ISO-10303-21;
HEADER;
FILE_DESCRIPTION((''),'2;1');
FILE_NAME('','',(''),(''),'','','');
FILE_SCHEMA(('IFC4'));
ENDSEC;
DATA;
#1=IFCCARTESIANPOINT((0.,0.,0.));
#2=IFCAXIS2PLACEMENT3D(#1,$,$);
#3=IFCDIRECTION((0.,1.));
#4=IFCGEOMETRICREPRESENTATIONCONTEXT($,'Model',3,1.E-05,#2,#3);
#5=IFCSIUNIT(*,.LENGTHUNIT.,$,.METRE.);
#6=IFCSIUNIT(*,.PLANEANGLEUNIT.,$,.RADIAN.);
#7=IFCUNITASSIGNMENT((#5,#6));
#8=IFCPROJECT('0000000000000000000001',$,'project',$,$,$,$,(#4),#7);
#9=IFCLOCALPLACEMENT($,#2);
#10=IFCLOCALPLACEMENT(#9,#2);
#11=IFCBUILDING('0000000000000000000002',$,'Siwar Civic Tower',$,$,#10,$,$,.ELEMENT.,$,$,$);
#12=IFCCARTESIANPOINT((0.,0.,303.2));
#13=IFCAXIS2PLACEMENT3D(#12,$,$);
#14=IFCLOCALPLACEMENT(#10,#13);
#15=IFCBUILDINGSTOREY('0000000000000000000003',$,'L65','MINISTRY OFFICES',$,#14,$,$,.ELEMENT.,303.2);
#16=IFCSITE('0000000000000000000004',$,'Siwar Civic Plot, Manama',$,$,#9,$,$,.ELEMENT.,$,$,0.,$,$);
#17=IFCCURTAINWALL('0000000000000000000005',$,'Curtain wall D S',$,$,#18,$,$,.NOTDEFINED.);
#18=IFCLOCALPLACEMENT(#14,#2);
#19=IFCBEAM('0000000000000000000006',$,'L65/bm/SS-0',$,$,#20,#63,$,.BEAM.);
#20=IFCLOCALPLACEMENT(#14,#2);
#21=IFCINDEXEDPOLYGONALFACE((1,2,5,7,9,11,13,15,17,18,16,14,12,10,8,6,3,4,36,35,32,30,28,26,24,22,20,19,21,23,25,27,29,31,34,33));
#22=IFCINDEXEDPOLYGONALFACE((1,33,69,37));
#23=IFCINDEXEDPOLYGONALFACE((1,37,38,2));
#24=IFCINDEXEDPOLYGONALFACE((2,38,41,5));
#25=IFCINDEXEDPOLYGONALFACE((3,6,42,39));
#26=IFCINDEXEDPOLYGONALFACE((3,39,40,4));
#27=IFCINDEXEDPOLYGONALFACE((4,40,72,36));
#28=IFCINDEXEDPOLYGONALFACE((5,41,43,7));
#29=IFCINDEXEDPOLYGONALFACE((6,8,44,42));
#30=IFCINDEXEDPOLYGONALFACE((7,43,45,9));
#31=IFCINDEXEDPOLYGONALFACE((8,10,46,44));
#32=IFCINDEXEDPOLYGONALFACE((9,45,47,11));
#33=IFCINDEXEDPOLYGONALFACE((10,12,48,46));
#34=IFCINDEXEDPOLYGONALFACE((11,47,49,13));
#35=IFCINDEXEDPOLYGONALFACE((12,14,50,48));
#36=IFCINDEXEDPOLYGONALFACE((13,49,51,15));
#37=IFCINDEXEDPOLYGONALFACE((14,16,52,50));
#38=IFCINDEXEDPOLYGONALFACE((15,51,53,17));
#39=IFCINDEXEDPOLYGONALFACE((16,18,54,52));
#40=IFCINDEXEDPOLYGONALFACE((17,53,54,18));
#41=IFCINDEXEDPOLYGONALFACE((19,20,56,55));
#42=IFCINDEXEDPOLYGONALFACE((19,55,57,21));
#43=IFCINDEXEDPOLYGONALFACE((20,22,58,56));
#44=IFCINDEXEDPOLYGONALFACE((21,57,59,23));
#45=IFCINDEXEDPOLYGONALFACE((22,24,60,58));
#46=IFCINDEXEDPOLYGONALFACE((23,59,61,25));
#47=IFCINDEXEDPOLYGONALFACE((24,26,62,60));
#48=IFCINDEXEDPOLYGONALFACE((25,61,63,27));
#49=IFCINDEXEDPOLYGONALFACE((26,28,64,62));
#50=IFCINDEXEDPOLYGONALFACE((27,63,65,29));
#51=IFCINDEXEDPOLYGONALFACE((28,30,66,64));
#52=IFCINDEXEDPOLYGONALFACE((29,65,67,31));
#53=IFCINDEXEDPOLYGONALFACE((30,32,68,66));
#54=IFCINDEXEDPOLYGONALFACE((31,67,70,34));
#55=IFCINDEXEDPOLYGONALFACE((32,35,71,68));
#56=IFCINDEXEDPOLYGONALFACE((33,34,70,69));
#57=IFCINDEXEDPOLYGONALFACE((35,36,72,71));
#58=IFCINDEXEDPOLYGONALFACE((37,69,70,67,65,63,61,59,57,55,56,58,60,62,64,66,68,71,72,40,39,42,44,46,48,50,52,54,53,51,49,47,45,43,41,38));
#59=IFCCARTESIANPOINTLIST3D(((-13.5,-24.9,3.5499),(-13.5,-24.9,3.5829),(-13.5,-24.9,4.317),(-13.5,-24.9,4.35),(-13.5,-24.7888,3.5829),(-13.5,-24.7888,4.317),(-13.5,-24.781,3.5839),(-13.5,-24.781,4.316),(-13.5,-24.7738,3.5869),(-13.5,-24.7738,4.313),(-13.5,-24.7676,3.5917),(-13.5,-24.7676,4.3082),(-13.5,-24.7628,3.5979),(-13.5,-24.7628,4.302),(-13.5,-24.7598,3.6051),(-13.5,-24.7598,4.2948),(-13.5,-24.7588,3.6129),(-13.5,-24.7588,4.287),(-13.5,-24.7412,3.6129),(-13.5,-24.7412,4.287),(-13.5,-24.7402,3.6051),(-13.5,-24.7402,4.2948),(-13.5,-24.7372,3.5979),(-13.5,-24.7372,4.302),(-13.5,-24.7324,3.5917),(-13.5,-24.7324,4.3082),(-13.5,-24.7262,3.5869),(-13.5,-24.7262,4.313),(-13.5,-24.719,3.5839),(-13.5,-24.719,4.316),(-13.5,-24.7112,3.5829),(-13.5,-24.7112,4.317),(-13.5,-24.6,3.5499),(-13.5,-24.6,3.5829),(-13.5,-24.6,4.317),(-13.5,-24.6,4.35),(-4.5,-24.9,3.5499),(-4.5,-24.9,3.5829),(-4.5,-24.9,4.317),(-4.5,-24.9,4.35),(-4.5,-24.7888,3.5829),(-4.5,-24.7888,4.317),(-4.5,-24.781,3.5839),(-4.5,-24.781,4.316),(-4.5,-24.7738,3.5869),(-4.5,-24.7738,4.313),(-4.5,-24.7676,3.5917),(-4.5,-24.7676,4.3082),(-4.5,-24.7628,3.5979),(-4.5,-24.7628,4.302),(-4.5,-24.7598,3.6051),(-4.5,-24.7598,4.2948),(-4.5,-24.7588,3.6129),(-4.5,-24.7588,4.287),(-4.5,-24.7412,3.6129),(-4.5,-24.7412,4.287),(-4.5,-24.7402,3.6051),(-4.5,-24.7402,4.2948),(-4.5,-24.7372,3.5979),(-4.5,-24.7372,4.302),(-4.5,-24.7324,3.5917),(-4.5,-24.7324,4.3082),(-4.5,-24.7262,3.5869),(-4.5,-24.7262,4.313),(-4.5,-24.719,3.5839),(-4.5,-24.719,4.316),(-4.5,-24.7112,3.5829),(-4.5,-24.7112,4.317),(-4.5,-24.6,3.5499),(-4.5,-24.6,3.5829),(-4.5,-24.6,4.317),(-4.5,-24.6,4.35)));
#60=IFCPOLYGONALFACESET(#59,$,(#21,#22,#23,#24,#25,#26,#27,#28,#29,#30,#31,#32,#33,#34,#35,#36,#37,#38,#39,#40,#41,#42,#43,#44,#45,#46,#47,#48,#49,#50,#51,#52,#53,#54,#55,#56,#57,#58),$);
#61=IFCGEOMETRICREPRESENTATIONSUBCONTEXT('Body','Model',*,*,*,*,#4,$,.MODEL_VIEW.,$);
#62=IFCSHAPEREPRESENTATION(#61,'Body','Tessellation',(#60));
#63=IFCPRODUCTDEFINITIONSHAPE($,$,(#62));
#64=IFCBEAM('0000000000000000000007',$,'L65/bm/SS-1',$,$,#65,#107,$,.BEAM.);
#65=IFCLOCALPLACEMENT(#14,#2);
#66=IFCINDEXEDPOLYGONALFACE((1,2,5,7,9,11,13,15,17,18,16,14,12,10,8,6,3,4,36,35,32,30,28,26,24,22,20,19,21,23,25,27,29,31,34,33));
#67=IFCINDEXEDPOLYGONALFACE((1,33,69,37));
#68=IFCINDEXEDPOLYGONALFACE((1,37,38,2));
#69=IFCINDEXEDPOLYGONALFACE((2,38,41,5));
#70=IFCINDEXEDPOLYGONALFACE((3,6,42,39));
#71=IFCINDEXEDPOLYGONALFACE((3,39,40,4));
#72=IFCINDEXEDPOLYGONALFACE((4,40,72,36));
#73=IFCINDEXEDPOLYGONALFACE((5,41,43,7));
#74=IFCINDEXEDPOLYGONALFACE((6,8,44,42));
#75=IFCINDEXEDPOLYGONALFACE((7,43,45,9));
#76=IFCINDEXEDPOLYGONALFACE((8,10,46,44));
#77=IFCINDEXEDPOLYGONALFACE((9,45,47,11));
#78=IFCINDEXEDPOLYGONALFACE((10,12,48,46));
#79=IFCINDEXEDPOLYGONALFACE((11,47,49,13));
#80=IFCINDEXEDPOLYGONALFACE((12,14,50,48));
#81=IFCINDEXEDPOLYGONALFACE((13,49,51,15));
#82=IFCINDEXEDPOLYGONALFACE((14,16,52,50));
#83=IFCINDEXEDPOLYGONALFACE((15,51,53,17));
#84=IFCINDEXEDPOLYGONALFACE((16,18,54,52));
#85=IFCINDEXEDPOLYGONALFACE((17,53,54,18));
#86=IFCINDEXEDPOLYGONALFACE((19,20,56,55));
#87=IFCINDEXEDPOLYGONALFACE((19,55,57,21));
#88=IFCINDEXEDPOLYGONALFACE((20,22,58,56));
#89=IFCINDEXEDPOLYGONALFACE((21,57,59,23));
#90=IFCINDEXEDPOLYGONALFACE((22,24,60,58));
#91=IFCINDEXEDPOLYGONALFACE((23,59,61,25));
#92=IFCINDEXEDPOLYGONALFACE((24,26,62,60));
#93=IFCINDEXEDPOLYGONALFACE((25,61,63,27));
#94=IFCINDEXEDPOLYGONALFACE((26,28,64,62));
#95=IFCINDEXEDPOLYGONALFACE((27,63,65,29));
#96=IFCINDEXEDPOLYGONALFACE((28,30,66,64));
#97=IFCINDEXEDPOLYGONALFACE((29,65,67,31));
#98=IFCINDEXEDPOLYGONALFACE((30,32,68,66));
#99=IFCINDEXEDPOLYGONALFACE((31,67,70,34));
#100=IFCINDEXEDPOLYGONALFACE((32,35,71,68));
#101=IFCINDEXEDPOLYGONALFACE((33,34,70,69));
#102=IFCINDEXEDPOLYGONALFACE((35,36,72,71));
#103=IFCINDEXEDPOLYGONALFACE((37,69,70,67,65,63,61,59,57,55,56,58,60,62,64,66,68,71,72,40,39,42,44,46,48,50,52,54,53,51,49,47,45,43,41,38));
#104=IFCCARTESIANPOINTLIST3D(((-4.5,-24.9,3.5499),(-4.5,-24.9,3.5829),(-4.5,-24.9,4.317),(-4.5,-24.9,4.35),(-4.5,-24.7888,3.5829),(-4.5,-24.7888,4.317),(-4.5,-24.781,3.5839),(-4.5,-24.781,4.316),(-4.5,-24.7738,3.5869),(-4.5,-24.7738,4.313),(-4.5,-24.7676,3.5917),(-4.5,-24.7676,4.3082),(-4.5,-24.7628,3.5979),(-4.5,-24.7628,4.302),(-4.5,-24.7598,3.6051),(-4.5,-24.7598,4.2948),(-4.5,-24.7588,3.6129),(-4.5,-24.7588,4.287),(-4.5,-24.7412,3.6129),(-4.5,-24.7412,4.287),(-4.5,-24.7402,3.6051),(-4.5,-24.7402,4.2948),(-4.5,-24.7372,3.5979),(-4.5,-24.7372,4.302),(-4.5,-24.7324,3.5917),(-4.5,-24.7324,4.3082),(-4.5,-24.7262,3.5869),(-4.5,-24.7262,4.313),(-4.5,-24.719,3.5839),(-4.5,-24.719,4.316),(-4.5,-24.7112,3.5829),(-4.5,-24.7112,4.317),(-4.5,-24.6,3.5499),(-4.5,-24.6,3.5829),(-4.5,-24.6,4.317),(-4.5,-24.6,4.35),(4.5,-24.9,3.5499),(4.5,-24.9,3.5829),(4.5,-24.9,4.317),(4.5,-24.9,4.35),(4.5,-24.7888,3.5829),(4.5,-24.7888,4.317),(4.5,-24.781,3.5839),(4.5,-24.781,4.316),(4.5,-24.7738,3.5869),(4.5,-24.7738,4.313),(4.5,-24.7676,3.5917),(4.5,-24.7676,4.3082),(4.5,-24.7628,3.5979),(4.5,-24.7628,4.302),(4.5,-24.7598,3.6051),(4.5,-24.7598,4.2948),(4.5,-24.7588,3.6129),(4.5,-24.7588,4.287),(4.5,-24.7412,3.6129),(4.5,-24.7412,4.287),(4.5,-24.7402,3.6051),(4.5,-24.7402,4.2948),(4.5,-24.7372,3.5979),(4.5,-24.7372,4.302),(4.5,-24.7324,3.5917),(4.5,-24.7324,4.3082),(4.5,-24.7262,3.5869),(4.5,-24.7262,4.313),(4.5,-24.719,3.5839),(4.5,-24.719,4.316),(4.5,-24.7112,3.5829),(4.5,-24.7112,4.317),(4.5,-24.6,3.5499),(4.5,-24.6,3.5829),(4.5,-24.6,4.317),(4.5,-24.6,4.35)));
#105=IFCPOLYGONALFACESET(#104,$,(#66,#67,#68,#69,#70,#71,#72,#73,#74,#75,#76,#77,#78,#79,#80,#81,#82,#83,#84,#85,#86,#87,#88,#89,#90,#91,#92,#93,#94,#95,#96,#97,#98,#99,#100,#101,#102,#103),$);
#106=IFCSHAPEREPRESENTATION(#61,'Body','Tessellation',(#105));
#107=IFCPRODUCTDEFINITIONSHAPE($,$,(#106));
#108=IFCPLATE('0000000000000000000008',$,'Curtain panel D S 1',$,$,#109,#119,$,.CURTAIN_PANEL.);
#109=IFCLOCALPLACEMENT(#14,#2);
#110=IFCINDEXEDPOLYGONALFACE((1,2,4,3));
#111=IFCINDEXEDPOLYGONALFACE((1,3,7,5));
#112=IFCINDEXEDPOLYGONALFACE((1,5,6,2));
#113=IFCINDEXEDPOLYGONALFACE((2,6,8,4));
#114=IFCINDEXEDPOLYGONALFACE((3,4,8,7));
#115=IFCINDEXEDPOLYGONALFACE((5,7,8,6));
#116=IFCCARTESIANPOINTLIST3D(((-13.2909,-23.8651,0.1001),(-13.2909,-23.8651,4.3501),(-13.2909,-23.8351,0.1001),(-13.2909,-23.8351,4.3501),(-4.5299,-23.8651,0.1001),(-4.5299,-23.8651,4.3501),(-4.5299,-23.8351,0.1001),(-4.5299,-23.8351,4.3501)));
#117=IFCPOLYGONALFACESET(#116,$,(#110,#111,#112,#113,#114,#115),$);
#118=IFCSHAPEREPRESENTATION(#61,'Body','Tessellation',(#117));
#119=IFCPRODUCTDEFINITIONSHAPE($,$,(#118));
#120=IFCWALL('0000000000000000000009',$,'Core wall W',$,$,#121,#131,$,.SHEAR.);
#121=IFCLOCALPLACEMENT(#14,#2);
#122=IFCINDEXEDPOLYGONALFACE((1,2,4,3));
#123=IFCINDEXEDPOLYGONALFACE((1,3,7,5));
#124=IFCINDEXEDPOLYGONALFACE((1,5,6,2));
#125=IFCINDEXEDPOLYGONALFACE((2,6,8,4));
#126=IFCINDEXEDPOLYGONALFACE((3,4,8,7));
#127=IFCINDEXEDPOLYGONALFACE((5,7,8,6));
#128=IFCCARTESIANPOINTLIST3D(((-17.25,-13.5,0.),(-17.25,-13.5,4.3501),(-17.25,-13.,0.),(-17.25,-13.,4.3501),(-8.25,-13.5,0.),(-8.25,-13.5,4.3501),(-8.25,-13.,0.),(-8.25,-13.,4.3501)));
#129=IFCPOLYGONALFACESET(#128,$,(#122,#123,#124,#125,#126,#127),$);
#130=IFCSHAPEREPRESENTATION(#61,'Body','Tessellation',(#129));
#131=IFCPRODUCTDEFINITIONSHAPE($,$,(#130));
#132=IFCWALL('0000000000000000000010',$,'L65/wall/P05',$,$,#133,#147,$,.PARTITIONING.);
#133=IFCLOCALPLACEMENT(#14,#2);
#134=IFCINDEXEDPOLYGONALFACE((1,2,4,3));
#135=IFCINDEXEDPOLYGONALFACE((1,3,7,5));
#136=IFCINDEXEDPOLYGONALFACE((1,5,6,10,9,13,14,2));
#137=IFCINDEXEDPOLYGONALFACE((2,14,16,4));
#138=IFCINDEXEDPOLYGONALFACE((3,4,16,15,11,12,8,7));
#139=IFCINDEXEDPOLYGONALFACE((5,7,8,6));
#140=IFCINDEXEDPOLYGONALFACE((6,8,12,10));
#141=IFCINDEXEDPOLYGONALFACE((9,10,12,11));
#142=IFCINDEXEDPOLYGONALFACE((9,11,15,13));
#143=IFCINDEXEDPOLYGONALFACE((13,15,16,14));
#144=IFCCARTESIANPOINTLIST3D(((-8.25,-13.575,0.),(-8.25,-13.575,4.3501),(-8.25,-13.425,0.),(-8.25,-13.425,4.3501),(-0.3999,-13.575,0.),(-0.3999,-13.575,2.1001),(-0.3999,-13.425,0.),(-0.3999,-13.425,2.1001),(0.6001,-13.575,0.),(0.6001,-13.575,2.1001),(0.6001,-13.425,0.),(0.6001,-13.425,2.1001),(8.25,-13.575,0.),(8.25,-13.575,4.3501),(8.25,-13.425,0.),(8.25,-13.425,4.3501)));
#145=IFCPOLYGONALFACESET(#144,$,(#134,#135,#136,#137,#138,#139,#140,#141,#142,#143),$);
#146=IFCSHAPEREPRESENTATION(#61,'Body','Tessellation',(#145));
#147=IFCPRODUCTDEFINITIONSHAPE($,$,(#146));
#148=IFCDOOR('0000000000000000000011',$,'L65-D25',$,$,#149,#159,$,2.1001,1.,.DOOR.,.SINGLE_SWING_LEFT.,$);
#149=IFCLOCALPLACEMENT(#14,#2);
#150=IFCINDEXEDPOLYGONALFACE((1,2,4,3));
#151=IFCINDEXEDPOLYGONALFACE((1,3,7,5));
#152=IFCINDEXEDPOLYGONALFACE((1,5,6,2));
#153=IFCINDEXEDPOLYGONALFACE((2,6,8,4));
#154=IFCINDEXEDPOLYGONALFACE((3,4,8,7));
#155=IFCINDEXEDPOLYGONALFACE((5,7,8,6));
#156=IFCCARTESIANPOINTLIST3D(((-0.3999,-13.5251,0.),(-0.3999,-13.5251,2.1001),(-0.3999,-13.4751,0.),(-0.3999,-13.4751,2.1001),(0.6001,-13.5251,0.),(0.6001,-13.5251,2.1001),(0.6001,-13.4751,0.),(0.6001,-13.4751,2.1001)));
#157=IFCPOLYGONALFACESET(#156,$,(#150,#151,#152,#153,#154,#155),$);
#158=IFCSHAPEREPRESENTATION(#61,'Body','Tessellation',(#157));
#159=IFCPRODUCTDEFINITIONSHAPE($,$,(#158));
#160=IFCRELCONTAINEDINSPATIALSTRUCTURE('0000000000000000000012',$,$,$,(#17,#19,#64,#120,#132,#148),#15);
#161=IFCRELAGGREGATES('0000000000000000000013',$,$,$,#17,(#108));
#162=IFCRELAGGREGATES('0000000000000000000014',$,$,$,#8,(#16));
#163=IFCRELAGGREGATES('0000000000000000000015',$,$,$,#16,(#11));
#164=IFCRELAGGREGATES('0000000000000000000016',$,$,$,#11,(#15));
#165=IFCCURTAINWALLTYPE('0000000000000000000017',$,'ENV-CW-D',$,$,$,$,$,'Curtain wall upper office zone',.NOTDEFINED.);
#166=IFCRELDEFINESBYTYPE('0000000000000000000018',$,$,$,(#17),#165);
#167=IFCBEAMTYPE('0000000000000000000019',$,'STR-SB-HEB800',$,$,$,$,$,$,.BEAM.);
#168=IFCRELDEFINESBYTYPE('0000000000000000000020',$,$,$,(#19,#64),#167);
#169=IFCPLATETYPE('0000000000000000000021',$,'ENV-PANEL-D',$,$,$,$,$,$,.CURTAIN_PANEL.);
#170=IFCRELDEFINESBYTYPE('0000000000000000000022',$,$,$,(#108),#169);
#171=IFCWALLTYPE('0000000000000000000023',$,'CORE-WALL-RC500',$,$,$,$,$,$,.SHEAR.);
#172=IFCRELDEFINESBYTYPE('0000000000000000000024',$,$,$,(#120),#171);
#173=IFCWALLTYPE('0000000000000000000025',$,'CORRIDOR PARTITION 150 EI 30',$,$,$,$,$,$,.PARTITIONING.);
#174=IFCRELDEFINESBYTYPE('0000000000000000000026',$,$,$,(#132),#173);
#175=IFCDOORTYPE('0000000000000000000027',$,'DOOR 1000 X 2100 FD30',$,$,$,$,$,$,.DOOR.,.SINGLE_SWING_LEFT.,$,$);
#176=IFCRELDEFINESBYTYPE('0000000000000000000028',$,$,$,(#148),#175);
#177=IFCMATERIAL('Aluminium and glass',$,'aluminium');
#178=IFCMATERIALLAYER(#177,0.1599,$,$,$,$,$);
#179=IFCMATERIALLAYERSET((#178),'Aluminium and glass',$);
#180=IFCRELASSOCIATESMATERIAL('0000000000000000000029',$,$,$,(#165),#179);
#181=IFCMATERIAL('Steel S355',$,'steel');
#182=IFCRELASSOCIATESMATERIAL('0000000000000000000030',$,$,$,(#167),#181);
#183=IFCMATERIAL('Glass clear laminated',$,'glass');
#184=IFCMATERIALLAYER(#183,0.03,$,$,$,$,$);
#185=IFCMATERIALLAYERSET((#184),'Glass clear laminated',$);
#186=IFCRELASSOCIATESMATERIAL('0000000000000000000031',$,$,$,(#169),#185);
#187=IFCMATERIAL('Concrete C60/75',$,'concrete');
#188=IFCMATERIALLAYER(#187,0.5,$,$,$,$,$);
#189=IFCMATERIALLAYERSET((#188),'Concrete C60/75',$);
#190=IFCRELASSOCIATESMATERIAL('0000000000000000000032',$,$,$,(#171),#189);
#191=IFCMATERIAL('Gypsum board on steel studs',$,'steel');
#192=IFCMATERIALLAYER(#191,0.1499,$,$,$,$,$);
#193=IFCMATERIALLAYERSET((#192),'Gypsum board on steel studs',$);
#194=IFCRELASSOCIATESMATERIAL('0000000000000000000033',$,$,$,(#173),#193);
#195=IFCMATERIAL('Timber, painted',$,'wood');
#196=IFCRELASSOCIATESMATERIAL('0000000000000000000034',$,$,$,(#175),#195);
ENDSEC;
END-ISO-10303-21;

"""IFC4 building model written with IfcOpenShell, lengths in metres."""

from ifc_helpers import new_model, si_unit, direction, frame, frame_2d, origin, origin_2d, place, context, subcontext, project, spatial, rectangle, i_section, extrude, material, layer, layer_set, material_profile, profile_set, type_object, element, fill, aggregate, save


model = new_model("IFC4")

# Units and contexts
model_context = context("Model", 3, precision=1e-05, world=origin(), true_north=direction((0.0, 1.0)))
body_context = subcontext(model_context, "Body", "Model", "MODEL_VIEW")
ifc_project = project(units=[si_unit("LENGTHUNIT", "METRE"), si_unit("PLANEANGLEUNIT", "RADIAN")], contexts=[model_context])

# Site, building, storey
site_placement = place(None, origin())
site = spatial("IfcSite", under=ifc_project, at=site_placement, Name="Siwar Civic Plot, Manama", CompositionType="ELEMENT", RefElevation=0.0)
building_placement = place(site_placement, origin())
building = spatial("IfcBuilding", under=site, at=building_placement, Name="Siwar Civic Tower", CompositionType="ELEMENT")
storey_placement = place(building_placement, frame((0.0, 0.0, 303.2)))
storey = spatial("IfcBuildingStorey", under=building, at=storey_placement, Name="L65", Description="MINISTRY OFFICES", CompositionType="ELEMENT", Elevation=303.2)

# Curtain wall
ifc_material_1 = material(Name="Aluminium and glass", Category="aluminium")
ifc_layer_1 = layer(ifc_material_1, 0.1599)
ifc_layer_set_1 = layer_set([ifc_layer_1], Name="Aluminium and glass")
curtain_wall_type = type_object("IfcCurtainWallType", Name="ENV-CW-D", ElementType="Curtain wall upper office zone", PredefinedType="NOTDEFINED", material=ifc_layer_set_1)
curtain_wall_placement = place(storey_placement, origin())
curtain_wall = element("IfcCurtainWall", 1, at=curtain_wall_placement, inside=storey, type_object=curtain_wall_type, Name="Curtain wall D S", PredefinedType="NOTDEFINED")

# Beams
ifc_material_2 = material(Name="Steel S355", Category="steel")
ifc_material_profile_1 = material_profile(ifc_material_2, i_section(OverallWidth=0.3, OverallDepth=0.8, WebThickness=0.0176, FlangeThickness=0.033, FilletRadius=0.03, at=origin_2d()), Name="HEB800")
ifc_profile_set_1 = profile_set([ifc_material_profile_1], Name="Steel S355")
beam_type_1 = type_object("IfcBeamType", Name="STR-SB-HEB800", PredefinedType="BEAM", material=ifc_profile_set_1)
for number, where, z_axis, x_axis, name in (
    (2, (-13.5, -24.75, 3.95), (1.0, 0.0, 0.0), (0.0, 1.0, 0.0), "L65/bm/SS-0"),
    (3, (-4.5, -24.75, 3.95), (1.0, 0.0, 0.0), (0.0, 1.0, 0.0), "L65/bm/SS-1"),
):
    element("IfcBeam", number, at=place(storey_placement, frame(where, z_axis=z_axis, x_axis=x_axis)), inside=storey, type_object=beam_type_1, Name=name, PredefinedType="BEAM", context=body_context, shape_type="SweptSolid", body=[
        extrude(i_section(OverallWidth=0.3, OverallDepth=0.8, WebThickness=0.0176, FlangeThickness=0.033, FilletRadius=0.03, at=origin_2d()), origin(), (0.0, 0.0, 1.0), 9.0),
    ])

# Plate
ifc_material_3 = material(Name="Glass clear laminated", Category="glass")
ifc_layer_2 = layer(ifc_material_3, 0.03)
ifc_layer_set_2 = layer_set([ifc_layer_2], Name="Glass clear laminated")
plate_type = type_object("IfcPlateType", Name="ENV-PANEL-D", PredefinedType="CURTAIN_PANEL", material=ifc_layer_set_2)
plate_placement = place(storey_placement, frame((-8.9104, -23.8501, 0.1001), z_axis=(0.0, 0.0, 1.0), x_axis=(1.0, 0.0, 0.0)))
plate = element("IfcPlate", 4, at=plate_placement, type_object=plate_type, Name="Curtain panel D S 1", PredefinedType="CURTAIN_PANEL", context=body_context, shape_type="SweptSolid", body=[
    extrude(rectangle(XDim=8.761, YDim=0.03, at=origin_2d()), origin(), (0.0, 0.0, 1.0), 4.25),
])
aggregate(curtain_wall, [plate])

# Wall
ifc_material_4 = material(Name="Concrete C60/75", Category="concrete")
ifc_layer_3 = layer(ifc_material_4, 0.5)
ifc_layer_set_3 = layer_set([ifc_layer_3], Name="Concrete C60/75")
wall_type_1 = type_object("IfcWallType", Name="CORE-WALL-RC500", PredefinedType="SHEAR", material=ifc_layer_set_3)
wall_1_placement = place(storey_placement, frame((-8.25, -13.25, 0.0), z_axis=(0.0, 0.0, 1.0), x_axis=(-1.0, 0.0, 0.0)))
element("IfcWall", 5, at=wall_1_placement, inside=storey, type_object=wall_type_1, Name="Core wall W", PredefinedType="SHEAR", context=body_context, shape_type="SweptSolid", body=[
    extrude(rectangle(XDim=9.0, YDim=0.5, at=frame_2d((4.5, 0.0))), origin(), (0.0, 0.0, 1.0), 4.3501),
])

# Wall, opening, door
ifc_material_5 = material(Name="Gypsum board on steel studs", Category="steel")
ifc_layer_4 = layer(ifc_material_5, 0.1499)
ifc_layer_set_4 = layer_set([ifc_layer_4], Name="Gypsum board on steel studs")
wall_type_2 = type_object("IfcWallType", Name="CORRIDOR PARTITION 150 EI 30", PredefinedType="PARTITIONING", material=ifc_layer_set_4)
wall_2_placement = place(storey_placement, frame((-8.25, -13.5, 0.0), z_axis=(0.0, 0.0, 1.0), x_axis=(1.0, 0.0, 0.0)))
wall_2 = element("IfcWall", 6, at=wall_2_placement, inside=storey, type_object=wall_type_2, Name="L65/wall/P05", PredefinedType="PARTITIONING", context=body_context, shape_type="SweptSolid", body=[
    extrude(rectangle(XDim=16.5, YDim=0.1499, at=frame_2d((8.25, 0.0))), origin(), (0.0, 0.0, 1.0), 4.3501),
])
opening_1_placement = place(wall_2_placement, frame((7.8501, 0.0, 0.0)))
opening_1 = element("IfcOpeningElement", 7, at=opening_1_placement, cuts=wall_2, PredefinedType="OPENING", context=body_context, shape_type="SweptSolid", body=[
    extrude(rectangle(XDim=1.0, YDim=2.1001, at=frame_2d((0.5, 1.05))), frame((0.0, 0.085, 0.0), z_axis=(0.0, -1.0, 0.0), x_axis=(1.0, 0.0, 0.0)), (0.0, 0.0, 1.0), 0.1699),
])
ifc_material_6 = material(Name="Timber, painted", Category="wood")
door_type_1 = type_object("IfcDoorType", Name="DOOR 1000 X 2100 FD30", OperationType="SINGLE_SWING_LEFT", PredefinedType="DOOR", material=ifc_material_6)
door_1_placement = place(opening_1_placement, origin())
door_1 = element("IfcDoor", 8, at=door_1_placement, inside=storey, type_object=door_type_1, Name="L65-D25", OperationType="SINGLE_SWING_LEFT", OverallHeight=2.1001, OverallWidth=1.0, PredefinedType="DOOR", context=body_context, shape_type="SweptSolid", body=[
    extrude(rectangle(XDim=1.0, YDim=2.1001, at=frame_2d((0.5, 1.05))), frame((0.0, 0.0249, 0.0), z_axis=(0.0, -1.0, 0.0), x_axis=(1.0, 0.0, 0.0)), (0.0, 0.0, 1.0), 0.05),
])
fill(opening_1, door_1)

save(model, "model.ifc")
